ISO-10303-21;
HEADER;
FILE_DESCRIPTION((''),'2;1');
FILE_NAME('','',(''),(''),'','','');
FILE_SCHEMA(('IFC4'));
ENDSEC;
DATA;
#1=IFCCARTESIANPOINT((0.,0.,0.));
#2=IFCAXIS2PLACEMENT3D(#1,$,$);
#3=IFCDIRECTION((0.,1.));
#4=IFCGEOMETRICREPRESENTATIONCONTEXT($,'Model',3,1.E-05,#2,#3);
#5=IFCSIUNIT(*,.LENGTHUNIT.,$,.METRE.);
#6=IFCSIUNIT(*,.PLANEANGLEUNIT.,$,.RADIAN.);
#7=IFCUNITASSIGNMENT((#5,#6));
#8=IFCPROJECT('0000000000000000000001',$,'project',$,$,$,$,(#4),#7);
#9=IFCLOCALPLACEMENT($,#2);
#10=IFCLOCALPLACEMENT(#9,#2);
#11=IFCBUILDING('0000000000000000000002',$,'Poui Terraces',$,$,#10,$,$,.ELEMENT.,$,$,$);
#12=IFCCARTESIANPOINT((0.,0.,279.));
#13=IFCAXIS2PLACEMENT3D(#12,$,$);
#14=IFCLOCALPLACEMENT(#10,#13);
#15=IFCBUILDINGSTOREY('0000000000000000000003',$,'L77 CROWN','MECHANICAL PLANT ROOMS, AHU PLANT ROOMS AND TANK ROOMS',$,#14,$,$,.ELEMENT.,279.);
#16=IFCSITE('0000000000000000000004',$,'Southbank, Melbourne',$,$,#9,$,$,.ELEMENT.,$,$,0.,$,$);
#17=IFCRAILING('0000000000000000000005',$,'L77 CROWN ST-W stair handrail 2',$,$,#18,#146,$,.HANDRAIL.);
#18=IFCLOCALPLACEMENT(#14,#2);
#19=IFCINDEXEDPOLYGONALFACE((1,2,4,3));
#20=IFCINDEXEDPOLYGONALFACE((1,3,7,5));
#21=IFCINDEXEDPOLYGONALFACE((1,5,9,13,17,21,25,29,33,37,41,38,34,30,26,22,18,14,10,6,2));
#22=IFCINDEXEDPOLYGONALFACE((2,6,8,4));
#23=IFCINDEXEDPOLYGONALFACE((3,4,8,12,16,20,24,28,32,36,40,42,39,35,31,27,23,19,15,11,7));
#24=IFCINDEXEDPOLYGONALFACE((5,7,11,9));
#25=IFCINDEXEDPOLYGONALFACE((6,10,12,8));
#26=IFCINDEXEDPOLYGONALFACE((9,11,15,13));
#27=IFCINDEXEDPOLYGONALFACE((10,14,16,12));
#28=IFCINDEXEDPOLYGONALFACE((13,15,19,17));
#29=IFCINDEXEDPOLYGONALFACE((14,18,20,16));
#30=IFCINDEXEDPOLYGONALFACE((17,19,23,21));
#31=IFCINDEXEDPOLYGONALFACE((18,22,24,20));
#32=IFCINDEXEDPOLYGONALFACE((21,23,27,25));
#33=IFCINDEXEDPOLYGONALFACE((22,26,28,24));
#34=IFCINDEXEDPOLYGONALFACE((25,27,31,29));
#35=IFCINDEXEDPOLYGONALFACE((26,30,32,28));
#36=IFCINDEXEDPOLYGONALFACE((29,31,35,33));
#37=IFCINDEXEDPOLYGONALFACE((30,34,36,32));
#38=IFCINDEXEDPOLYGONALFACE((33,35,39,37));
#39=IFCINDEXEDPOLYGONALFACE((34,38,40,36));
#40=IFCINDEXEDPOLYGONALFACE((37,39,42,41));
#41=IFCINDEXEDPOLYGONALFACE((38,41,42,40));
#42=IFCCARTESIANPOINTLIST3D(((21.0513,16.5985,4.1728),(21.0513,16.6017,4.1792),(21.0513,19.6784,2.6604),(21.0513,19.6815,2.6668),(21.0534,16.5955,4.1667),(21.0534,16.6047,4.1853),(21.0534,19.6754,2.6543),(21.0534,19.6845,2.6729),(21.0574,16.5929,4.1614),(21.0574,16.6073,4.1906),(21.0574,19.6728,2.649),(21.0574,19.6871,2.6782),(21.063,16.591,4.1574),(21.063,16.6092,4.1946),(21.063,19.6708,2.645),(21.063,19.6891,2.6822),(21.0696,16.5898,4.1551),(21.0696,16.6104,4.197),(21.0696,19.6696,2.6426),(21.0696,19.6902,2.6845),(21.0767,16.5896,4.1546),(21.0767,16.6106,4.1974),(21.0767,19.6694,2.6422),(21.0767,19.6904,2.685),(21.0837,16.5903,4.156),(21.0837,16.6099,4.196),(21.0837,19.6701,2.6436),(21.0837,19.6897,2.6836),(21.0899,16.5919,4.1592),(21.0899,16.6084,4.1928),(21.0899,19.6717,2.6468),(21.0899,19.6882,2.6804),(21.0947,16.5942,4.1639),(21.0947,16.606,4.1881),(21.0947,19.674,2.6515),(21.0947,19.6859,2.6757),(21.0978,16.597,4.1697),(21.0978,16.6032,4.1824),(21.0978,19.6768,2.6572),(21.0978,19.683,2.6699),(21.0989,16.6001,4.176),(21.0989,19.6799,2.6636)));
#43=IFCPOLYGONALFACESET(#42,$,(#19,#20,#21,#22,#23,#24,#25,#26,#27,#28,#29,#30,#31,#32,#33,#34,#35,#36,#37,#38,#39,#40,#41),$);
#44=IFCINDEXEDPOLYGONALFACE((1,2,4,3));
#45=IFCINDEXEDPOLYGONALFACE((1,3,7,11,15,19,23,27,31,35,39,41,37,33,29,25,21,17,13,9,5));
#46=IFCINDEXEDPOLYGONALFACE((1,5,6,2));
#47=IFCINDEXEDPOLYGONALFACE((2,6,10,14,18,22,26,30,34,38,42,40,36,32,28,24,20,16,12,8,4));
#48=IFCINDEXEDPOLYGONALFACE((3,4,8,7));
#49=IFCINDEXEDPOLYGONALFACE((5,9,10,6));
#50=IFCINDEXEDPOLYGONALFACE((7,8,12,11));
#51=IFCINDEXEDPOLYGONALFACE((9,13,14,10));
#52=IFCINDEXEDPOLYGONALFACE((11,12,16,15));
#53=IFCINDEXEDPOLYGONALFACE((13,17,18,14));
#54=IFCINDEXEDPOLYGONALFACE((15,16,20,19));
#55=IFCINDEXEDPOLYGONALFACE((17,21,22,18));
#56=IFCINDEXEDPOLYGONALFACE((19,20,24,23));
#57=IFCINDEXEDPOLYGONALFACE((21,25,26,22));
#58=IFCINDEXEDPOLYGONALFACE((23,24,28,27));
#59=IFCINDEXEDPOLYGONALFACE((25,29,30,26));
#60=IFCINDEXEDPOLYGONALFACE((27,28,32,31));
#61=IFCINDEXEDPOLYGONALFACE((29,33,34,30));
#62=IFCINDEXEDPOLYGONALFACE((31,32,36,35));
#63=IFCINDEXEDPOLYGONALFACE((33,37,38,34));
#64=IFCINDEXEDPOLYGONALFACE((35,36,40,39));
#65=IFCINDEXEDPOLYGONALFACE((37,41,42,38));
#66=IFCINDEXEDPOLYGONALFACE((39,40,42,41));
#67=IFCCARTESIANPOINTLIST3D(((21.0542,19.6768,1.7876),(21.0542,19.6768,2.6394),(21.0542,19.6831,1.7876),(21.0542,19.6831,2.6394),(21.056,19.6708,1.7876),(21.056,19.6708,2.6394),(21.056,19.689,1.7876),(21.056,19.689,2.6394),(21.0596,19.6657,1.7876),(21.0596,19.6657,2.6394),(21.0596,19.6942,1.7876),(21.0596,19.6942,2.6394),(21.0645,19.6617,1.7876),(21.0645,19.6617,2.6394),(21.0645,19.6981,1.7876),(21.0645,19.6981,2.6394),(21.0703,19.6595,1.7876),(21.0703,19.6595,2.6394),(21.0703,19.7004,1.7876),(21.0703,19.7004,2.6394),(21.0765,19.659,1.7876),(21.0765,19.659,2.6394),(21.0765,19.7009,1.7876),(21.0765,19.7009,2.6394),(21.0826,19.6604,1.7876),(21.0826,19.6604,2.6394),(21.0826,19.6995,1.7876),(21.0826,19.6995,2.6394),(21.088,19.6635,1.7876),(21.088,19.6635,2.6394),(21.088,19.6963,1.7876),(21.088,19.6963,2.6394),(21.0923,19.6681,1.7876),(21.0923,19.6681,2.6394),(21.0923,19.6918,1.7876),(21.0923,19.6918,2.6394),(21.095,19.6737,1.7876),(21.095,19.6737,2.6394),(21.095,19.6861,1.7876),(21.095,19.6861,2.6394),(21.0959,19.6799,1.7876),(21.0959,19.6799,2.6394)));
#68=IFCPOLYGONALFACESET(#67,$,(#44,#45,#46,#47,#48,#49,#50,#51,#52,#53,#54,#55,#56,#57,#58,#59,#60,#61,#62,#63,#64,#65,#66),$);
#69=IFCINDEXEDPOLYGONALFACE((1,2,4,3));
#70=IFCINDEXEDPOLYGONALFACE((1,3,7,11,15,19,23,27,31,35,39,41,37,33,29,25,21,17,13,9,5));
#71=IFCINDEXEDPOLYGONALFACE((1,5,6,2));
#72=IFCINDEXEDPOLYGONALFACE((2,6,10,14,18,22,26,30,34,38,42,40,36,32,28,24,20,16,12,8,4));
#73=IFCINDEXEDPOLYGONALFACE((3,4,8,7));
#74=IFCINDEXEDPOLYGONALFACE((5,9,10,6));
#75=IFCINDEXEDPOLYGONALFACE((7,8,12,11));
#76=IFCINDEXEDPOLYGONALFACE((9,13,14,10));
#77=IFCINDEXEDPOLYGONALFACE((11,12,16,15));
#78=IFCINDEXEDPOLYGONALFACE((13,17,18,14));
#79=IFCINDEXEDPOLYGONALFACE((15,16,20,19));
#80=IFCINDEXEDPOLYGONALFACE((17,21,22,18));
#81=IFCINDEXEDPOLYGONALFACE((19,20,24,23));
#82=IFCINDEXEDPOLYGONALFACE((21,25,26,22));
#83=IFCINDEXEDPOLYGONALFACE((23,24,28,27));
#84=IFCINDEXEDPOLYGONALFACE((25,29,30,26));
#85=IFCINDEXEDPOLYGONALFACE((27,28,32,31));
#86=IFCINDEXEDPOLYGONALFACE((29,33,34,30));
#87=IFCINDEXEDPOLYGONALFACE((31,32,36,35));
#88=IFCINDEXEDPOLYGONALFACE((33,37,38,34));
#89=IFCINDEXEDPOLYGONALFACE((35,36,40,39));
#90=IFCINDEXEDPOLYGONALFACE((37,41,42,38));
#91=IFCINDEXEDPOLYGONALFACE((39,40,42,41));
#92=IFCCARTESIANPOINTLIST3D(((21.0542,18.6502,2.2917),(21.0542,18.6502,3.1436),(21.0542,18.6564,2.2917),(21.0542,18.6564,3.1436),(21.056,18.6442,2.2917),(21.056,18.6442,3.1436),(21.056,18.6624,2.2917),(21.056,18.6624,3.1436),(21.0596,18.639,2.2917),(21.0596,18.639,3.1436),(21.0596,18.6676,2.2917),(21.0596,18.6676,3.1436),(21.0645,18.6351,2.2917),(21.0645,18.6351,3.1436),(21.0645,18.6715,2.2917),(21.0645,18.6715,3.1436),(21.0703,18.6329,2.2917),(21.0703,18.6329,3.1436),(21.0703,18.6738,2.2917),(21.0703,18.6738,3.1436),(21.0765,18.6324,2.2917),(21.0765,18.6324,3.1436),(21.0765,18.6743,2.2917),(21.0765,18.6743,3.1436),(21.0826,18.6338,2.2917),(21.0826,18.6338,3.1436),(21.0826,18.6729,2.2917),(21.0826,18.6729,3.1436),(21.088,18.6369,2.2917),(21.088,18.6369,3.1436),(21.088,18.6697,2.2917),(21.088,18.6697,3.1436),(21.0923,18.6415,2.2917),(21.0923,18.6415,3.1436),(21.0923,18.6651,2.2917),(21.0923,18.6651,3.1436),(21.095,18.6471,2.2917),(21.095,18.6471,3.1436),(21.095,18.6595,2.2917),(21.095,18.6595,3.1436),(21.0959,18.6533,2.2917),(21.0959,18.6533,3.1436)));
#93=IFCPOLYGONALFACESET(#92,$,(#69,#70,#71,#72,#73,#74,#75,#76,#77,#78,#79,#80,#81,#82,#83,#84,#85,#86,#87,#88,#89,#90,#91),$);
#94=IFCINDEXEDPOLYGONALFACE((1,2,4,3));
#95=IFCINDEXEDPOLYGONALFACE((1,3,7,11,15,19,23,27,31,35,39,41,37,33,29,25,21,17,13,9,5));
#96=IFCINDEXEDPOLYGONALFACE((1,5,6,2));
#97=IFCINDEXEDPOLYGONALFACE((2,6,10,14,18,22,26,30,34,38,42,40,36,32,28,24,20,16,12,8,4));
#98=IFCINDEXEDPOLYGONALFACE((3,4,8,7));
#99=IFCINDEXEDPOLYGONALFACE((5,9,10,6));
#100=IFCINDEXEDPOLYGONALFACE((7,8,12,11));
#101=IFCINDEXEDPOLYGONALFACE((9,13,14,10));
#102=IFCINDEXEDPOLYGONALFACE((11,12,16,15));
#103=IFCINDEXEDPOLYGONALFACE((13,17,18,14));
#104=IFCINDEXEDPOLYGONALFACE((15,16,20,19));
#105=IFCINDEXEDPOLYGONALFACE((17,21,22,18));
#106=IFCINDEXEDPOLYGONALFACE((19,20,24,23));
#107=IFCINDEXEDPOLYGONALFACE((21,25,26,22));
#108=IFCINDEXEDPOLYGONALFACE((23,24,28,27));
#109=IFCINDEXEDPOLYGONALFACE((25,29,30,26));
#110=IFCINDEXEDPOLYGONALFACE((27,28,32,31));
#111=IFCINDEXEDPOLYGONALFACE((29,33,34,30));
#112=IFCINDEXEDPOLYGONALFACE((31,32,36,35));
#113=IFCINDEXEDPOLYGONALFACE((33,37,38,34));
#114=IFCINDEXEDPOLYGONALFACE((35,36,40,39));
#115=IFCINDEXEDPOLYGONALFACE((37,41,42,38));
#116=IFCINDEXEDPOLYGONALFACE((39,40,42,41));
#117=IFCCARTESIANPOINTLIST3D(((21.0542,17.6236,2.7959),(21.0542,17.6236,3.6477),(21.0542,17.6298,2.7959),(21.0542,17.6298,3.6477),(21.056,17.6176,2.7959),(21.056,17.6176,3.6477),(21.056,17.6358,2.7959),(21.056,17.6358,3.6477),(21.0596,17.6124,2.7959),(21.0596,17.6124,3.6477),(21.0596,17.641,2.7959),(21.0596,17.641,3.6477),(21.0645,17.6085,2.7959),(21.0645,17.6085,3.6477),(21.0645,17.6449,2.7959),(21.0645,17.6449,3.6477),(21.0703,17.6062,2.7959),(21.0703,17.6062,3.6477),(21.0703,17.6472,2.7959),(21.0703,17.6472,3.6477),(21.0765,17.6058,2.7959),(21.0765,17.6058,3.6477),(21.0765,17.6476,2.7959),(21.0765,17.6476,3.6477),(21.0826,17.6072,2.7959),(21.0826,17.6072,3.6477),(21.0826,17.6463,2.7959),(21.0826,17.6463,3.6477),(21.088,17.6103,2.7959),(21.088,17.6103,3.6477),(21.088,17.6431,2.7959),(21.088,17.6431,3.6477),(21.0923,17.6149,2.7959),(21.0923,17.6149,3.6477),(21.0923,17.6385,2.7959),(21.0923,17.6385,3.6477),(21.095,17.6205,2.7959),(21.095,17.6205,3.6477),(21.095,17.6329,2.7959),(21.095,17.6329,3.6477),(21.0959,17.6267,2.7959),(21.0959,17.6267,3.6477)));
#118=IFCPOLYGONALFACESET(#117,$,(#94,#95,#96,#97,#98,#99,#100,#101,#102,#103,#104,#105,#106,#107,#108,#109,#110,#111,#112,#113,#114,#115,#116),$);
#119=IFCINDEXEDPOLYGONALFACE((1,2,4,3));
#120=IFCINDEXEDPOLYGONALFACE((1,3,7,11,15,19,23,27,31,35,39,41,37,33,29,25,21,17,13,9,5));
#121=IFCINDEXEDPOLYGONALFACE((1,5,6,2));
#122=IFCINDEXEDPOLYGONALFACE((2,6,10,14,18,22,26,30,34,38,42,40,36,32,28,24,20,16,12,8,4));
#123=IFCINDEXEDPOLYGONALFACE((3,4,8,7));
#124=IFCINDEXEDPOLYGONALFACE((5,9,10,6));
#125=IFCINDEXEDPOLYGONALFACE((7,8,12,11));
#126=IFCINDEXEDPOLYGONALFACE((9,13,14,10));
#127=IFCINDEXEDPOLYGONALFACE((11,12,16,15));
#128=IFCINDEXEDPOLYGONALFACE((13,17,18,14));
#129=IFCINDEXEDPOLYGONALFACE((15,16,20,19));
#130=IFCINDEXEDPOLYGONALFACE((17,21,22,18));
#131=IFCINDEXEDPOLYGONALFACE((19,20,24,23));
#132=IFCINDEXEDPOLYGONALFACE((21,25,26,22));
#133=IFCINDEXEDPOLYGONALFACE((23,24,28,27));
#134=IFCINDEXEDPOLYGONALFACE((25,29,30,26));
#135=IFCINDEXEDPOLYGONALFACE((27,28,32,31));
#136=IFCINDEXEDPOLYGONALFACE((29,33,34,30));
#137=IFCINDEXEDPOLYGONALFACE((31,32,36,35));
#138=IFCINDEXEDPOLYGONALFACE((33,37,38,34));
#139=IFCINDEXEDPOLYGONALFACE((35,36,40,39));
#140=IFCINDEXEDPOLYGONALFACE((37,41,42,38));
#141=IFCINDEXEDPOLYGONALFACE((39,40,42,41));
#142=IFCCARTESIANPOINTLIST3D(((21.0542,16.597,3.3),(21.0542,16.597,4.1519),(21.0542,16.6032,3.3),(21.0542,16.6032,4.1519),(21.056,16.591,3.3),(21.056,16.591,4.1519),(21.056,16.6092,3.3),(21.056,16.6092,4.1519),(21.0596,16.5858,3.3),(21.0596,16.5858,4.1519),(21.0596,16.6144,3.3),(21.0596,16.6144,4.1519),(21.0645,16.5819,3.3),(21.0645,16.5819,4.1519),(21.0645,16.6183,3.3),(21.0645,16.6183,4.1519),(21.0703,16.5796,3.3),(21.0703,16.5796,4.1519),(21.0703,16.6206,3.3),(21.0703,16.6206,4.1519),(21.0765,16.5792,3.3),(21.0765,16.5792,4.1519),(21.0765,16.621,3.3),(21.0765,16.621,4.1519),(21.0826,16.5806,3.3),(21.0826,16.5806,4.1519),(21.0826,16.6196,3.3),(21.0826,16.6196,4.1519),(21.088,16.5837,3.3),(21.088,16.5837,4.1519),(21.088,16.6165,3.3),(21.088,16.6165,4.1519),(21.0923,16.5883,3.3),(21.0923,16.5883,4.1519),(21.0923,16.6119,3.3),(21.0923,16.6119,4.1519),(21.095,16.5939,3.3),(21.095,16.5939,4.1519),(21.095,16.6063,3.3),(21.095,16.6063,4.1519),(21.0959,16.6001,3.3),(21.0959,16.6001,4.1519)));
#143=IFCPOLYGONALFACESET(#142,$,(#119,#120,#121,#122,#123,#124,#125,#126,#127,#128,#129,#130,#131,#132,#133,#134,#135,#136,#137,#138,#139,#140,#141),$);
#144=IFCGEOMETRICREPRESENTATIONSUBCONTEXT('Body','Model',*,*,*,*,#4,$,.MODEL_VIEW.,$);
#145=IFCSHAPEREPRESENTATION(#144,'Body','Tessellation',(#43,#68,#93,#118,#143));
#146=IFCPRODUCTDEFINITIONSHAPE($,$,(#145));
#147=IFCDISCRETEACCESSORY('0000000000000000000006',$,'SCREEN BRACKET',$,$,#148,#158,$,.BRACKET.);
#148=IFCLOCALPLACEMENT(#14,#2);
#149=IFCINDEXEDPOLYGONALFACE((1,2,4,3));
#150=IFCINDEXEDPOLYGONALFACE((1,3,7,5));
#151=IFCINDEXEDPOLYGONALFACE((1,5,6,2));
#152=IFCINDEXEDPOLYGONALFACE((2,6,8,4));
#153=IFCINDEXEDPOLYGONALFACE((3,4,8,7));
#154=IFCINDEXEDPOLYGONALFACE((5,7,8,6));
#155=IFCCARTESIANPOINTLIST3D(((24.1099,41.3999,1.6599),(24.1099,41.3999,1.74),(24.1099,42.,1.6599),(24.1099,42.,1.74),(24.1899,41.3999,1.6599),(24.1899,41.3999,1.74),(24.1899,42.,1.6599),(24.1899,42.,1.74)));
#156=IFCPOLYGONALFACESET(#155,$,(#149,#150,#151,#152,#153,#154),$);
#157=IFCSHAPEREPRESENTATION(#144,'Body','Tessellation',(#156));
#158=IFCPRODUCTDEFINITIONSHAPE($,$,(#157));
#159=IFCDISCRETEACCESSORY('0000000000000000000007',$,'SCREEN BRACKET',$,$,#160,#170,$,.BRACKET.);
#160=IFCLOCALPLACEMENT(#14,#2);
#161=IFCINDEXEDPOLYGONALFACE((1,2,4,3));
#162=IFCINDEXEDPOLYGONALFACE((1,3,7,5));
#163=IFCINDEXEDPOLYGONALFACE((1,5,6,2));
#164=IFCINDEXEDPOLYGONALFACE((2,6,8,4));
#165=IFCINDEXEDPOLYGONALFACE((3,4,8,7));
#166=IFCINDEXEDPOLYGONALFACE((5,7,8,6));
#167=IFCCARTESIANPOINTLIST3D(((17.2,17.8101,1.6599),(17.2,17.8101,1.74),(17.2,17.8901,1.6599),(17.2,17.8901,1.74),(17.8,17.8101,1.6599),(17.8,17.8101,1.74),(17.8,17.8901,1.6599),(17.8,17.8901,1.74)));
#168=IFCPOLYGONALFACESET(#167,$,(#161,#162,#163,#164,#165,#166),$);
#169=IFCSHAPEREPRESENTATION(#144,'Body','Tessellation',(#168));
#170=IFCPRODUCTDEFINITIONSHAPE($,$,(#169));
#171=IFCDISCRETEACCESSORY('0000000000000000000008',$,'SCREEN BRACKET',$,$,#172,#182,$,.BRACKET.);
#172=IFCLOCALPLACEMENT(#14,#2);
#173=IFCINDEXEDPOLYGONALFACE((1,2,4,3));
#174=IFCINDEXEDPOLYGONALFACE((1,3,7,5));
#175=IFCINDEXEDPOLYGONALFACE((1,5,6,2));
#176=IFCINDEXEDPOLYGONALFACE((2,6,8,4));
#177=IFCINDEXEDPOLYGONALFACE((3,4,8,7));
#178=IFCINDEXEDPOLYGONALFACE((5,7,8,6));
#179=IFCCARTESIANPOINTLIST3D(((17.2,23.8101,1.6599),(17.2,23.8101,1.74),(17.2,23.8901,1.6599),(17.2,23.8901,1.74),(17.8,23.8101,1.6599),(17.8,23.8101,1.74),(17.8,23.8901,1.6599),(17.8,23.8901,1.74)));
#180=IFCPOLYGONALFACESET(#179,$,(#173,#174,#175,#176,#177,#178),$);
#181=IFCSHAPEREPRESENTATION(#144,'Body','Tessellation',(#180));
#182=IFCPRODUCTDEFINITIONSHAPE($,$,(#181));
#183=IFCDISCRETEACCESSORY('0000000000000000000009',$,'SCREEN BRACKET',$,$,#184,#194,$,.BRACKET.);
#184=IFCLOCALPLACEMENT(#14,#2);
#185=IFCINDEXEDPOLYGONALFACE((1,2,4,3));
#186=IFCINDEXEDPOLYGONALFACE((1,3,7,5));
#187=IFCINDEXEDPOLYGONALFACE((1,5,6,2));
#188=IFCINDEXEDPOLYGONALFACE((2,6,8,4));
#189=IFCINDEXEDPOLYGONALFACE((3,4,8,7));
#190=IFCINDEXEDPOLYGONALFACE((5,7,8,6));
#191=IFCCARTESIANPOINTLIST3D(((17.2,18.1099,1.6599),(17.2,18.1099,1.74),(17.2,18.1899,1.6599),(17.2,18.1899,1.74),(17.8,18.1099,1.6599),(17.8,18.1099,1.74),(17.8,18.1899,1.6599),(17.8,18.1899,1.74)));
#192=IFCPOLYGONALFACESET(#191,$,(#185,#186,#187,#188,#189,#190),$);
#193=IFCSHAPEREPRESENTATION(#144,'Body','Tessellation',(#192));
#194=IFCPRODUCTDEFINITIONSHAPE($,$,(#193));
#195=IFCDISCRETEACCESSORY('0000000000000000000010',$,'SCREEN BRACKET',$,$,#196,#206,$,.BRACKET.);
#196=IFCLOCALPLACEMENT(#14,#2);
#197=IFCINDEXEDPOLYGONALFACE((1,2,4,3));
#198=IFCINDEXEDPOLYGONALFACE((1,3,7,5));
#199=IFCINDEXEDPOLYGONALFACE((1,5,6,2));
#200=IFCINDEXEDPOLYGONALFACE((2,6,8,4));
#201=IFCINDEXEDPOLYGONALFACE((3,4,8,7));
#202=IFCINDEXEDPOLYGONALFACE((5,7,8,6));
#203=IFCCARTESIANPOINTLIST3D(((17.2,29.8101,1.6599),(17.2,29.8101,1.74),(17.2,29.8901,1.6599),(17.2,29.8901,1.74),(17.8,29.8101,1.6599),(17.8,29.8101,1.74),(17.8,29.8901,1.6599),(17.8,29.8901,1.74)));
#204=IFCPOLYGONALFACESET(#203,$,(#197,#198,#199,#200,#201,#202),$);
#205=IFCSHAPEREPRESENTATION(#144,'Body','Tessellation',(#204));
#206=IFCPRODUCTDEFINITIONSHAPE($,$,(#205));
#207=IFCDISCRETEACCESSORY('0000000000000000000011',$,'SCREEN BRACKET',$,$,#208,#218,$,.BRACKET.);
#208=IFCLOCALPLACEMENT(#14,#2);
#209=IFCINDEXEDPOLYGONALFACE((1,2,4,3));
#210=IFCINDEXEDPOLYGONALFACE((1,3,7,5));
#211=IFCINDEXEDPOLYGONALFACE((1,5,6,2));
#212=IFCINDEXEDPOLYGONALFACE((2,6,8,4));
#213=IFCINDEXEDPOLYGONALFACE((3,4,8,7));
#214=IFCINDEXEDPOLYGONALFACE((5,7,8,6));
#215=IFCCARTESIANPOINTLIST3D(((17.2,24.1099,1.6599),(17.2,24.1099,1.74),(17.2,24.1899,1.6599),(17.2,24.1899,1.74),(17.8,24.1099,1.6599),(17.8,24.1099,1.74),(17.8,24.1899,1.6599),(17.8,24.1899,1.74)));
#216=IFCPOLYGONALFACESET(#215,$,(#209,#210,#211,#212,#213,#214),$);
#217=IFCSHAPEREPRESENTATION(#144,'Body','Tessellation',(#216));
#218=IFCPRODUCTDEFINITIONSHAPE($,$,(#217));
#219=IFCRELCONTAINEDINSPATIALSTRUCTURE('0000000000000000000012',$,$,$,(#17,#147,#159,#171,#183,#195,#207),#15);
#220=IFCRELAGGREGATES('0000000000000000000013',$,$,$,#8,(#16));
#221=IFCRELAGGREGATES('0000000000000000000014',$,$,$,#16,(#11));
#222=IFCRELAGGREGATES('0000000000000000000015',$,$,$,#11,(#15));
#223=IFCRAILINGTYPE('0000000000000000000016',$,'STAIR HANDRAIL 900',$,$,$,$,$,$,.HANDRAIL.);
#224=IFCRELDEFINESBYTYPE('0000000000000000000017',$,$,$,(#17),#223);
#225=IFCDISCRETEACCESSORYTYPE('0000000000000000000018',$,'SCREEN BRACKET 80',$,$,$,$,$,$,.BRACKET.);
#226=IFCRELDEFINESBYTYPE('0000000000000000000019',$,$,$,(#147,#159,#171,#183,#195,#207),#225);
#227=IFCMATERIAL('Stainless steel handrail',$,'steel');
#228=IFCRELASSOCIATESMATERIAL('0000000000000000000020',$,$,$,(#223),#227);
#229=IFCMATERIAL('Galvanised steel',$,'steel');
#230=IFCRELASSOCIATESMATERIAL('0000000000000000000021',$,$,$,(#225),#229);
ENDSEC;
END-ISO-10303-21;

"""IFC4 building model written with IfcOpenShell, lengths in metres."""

from ifc_helpers import new_model, si_unit, direction, frame, origin, origin_2d, place, context, subcontext, project, spatial, rectangle, circle, extrude, source, transform, mapped, material, material_profile, profile_set, type_object, element, save


model = new_model("IFC4")

# Units and contexts
model_context = context("Model", 3, precision=1e-05, world=origin(), true_north=direction((0.0, 1.0)))
body_context = subcontext(model_context, "Body", "Model", "MODEL_VIEW")
ifc_project = project(units=[si_unit("LENGTHUNIT", "METRE"), si_unit("PLANEANGLEUNIT", "RADIAN")], contexts=[model_context])

# Site, building, storey
site_placement = place(None, origin())
site = spatial("IfcSite", under=ifc_project, at=site_placement, Name="Southbank, Melbourne", CompositionType="ELEMENT", RefElevation=0.0)
building_placement = place(site_placement, origin())
building = spatial("IfcBuilding", under=site, at=building_placement, Name="Poui Terraces", CompositionType="ELEMENT")
storey_placement = place(building_placement, frame((0.0, 0.0, 279.0)))
storey = spatial("IfcBuildingStorey", under=building, at=storey_placement, Name="L77 CROWN", Description="MECHANICAL PLANT ROOMS, AHU PLANT ROOMS AND TANK ROOMS", CompositionType="ELEMENT", Elevation=279.0)

# Railing
ifc_material_1 = material(Name="Stainless steel handrail", Category="steel")
railing_type_1 = type_object("IfcRailingType", Name="STAIR HANDRAIL 900", PredefinedType="HANDRAIL", material=ifc_material_1)
railing_1_placement = place(storey_placement, frame((21.075, 19.6799, 1.7876)))
element("IfcRailing", 1, at=railing_1_placement, inside=storey, type_object=railing_type_1, Name="L77 CROWN ST-W stair handrail 2", PredefinedType="HANDRAIL", context=body_context, shape_type="SweptSolid", body=[
    extrude(circle(Radius=0.0239, at=origin_2d()), frame((0.0, 0.0, 0.876), z_axis=(0.0, -0.897606, 0.440798), x_axis=(1.0, 0.0, 0.0)), (0.0, 0.0, 1.0), 3.4312),
    extrude(circle(Radius=0.021, at=origin_2d()), origin(), (0.0, 0.0, 1.0), 0.8518),
    extrude(circle(Radius=0.021, at=origin_2d()), frame((0.0, -1.0266, 0.5042)), (0.0, 0.0, 1.0), 0.8518),
    extrude(circle(Radius=0.021, at=origin_2d()), frame((0.0, -2.0532, 1.0083)), (0.0, 0.0, 1.0), 0.8518),
    extrude(circle(Radius=0.021, at=origin_2d()), frame((0.0, -3.0798, 1.5125)), (0.0, 0.0, 1.0), 0.8518),
])

# Discrete accessories
ifc_material_2 = material(Name="Galvanised steel", Category="steel")
ifc_material_profile_1 = material_profile(ifc_material_2, rectangle(XDim=0.0801, YDim=0.0801, at=origin_2d()), Name="SCREEN BRACKET 80")
ifc_profile_set_1 = profile_set([ifc_material_profile_1], Name="Galvanised steel")
discrete_accessory_type = type_object("IfcDiscreteAccessoryType", Name="SCREEN BRACKET 80", PredefinedType="BRACKET", material=ifc_profile_set_1)
shared_shape_1 = source(origin(), body_context, "Body", "SweptSolid", [
    extrude(rectangle(XDim=0.0801, YDim=0.0801, at=origin_2d()), origin(), (0.0, 0.0, 1.0), 0.6001),
])
for number, where, z_axis, x_axis, name in (
    (2, (24.1499, 41.3999, 1.7), (0.0, 1.0, 0.0), (-1.0, 0.0, 0.0), "SCREEN BRACKET"),
    (3, (17.8, 17.8501, 1.7), (-1.0, 0.0, 0.0), (0.0, -1.0, 0.0), "SCREEN BRACKET"),
    (4, (17.8, 23.8501, 1.7), (-1.0, 0.0, 0.0), (0.0, -1.0, 0.0), "SCREEN BRACKET"),
    (5, (17.8, 18.1499, 1.7), (-1.0, 0.0, 0.0), (0.0, -1.0, 0.0), "SCREEN BRACKET"),
    (6, (17.8, 29.8501, 1.7), (-1.0, 0.0, 0.0), (0.0, -1.0, 0.0), "SCREEN BRACKET"),
    (7, (17.8, 24.1499, 1.7), (-1.0, 0.0, 0.0), (0.0, -1.0, 0.0), "SCREEN BRACKET"),
):
    element("IfcDiscreteAccessory", number, at=place(storey_placement, frame(where, z_axis=z_axis, x_axis=x_axis)), inside=storey, type_object=discrete_accessory_type, Name=name, PredefinedType="BRACKET", context=body_context, shape_type="MappedRepresentation", body=[
        mapped(shared_shape_1, transform((0.0, 0.0, 0.0))),
    ])

save(model, "model.ifc")
